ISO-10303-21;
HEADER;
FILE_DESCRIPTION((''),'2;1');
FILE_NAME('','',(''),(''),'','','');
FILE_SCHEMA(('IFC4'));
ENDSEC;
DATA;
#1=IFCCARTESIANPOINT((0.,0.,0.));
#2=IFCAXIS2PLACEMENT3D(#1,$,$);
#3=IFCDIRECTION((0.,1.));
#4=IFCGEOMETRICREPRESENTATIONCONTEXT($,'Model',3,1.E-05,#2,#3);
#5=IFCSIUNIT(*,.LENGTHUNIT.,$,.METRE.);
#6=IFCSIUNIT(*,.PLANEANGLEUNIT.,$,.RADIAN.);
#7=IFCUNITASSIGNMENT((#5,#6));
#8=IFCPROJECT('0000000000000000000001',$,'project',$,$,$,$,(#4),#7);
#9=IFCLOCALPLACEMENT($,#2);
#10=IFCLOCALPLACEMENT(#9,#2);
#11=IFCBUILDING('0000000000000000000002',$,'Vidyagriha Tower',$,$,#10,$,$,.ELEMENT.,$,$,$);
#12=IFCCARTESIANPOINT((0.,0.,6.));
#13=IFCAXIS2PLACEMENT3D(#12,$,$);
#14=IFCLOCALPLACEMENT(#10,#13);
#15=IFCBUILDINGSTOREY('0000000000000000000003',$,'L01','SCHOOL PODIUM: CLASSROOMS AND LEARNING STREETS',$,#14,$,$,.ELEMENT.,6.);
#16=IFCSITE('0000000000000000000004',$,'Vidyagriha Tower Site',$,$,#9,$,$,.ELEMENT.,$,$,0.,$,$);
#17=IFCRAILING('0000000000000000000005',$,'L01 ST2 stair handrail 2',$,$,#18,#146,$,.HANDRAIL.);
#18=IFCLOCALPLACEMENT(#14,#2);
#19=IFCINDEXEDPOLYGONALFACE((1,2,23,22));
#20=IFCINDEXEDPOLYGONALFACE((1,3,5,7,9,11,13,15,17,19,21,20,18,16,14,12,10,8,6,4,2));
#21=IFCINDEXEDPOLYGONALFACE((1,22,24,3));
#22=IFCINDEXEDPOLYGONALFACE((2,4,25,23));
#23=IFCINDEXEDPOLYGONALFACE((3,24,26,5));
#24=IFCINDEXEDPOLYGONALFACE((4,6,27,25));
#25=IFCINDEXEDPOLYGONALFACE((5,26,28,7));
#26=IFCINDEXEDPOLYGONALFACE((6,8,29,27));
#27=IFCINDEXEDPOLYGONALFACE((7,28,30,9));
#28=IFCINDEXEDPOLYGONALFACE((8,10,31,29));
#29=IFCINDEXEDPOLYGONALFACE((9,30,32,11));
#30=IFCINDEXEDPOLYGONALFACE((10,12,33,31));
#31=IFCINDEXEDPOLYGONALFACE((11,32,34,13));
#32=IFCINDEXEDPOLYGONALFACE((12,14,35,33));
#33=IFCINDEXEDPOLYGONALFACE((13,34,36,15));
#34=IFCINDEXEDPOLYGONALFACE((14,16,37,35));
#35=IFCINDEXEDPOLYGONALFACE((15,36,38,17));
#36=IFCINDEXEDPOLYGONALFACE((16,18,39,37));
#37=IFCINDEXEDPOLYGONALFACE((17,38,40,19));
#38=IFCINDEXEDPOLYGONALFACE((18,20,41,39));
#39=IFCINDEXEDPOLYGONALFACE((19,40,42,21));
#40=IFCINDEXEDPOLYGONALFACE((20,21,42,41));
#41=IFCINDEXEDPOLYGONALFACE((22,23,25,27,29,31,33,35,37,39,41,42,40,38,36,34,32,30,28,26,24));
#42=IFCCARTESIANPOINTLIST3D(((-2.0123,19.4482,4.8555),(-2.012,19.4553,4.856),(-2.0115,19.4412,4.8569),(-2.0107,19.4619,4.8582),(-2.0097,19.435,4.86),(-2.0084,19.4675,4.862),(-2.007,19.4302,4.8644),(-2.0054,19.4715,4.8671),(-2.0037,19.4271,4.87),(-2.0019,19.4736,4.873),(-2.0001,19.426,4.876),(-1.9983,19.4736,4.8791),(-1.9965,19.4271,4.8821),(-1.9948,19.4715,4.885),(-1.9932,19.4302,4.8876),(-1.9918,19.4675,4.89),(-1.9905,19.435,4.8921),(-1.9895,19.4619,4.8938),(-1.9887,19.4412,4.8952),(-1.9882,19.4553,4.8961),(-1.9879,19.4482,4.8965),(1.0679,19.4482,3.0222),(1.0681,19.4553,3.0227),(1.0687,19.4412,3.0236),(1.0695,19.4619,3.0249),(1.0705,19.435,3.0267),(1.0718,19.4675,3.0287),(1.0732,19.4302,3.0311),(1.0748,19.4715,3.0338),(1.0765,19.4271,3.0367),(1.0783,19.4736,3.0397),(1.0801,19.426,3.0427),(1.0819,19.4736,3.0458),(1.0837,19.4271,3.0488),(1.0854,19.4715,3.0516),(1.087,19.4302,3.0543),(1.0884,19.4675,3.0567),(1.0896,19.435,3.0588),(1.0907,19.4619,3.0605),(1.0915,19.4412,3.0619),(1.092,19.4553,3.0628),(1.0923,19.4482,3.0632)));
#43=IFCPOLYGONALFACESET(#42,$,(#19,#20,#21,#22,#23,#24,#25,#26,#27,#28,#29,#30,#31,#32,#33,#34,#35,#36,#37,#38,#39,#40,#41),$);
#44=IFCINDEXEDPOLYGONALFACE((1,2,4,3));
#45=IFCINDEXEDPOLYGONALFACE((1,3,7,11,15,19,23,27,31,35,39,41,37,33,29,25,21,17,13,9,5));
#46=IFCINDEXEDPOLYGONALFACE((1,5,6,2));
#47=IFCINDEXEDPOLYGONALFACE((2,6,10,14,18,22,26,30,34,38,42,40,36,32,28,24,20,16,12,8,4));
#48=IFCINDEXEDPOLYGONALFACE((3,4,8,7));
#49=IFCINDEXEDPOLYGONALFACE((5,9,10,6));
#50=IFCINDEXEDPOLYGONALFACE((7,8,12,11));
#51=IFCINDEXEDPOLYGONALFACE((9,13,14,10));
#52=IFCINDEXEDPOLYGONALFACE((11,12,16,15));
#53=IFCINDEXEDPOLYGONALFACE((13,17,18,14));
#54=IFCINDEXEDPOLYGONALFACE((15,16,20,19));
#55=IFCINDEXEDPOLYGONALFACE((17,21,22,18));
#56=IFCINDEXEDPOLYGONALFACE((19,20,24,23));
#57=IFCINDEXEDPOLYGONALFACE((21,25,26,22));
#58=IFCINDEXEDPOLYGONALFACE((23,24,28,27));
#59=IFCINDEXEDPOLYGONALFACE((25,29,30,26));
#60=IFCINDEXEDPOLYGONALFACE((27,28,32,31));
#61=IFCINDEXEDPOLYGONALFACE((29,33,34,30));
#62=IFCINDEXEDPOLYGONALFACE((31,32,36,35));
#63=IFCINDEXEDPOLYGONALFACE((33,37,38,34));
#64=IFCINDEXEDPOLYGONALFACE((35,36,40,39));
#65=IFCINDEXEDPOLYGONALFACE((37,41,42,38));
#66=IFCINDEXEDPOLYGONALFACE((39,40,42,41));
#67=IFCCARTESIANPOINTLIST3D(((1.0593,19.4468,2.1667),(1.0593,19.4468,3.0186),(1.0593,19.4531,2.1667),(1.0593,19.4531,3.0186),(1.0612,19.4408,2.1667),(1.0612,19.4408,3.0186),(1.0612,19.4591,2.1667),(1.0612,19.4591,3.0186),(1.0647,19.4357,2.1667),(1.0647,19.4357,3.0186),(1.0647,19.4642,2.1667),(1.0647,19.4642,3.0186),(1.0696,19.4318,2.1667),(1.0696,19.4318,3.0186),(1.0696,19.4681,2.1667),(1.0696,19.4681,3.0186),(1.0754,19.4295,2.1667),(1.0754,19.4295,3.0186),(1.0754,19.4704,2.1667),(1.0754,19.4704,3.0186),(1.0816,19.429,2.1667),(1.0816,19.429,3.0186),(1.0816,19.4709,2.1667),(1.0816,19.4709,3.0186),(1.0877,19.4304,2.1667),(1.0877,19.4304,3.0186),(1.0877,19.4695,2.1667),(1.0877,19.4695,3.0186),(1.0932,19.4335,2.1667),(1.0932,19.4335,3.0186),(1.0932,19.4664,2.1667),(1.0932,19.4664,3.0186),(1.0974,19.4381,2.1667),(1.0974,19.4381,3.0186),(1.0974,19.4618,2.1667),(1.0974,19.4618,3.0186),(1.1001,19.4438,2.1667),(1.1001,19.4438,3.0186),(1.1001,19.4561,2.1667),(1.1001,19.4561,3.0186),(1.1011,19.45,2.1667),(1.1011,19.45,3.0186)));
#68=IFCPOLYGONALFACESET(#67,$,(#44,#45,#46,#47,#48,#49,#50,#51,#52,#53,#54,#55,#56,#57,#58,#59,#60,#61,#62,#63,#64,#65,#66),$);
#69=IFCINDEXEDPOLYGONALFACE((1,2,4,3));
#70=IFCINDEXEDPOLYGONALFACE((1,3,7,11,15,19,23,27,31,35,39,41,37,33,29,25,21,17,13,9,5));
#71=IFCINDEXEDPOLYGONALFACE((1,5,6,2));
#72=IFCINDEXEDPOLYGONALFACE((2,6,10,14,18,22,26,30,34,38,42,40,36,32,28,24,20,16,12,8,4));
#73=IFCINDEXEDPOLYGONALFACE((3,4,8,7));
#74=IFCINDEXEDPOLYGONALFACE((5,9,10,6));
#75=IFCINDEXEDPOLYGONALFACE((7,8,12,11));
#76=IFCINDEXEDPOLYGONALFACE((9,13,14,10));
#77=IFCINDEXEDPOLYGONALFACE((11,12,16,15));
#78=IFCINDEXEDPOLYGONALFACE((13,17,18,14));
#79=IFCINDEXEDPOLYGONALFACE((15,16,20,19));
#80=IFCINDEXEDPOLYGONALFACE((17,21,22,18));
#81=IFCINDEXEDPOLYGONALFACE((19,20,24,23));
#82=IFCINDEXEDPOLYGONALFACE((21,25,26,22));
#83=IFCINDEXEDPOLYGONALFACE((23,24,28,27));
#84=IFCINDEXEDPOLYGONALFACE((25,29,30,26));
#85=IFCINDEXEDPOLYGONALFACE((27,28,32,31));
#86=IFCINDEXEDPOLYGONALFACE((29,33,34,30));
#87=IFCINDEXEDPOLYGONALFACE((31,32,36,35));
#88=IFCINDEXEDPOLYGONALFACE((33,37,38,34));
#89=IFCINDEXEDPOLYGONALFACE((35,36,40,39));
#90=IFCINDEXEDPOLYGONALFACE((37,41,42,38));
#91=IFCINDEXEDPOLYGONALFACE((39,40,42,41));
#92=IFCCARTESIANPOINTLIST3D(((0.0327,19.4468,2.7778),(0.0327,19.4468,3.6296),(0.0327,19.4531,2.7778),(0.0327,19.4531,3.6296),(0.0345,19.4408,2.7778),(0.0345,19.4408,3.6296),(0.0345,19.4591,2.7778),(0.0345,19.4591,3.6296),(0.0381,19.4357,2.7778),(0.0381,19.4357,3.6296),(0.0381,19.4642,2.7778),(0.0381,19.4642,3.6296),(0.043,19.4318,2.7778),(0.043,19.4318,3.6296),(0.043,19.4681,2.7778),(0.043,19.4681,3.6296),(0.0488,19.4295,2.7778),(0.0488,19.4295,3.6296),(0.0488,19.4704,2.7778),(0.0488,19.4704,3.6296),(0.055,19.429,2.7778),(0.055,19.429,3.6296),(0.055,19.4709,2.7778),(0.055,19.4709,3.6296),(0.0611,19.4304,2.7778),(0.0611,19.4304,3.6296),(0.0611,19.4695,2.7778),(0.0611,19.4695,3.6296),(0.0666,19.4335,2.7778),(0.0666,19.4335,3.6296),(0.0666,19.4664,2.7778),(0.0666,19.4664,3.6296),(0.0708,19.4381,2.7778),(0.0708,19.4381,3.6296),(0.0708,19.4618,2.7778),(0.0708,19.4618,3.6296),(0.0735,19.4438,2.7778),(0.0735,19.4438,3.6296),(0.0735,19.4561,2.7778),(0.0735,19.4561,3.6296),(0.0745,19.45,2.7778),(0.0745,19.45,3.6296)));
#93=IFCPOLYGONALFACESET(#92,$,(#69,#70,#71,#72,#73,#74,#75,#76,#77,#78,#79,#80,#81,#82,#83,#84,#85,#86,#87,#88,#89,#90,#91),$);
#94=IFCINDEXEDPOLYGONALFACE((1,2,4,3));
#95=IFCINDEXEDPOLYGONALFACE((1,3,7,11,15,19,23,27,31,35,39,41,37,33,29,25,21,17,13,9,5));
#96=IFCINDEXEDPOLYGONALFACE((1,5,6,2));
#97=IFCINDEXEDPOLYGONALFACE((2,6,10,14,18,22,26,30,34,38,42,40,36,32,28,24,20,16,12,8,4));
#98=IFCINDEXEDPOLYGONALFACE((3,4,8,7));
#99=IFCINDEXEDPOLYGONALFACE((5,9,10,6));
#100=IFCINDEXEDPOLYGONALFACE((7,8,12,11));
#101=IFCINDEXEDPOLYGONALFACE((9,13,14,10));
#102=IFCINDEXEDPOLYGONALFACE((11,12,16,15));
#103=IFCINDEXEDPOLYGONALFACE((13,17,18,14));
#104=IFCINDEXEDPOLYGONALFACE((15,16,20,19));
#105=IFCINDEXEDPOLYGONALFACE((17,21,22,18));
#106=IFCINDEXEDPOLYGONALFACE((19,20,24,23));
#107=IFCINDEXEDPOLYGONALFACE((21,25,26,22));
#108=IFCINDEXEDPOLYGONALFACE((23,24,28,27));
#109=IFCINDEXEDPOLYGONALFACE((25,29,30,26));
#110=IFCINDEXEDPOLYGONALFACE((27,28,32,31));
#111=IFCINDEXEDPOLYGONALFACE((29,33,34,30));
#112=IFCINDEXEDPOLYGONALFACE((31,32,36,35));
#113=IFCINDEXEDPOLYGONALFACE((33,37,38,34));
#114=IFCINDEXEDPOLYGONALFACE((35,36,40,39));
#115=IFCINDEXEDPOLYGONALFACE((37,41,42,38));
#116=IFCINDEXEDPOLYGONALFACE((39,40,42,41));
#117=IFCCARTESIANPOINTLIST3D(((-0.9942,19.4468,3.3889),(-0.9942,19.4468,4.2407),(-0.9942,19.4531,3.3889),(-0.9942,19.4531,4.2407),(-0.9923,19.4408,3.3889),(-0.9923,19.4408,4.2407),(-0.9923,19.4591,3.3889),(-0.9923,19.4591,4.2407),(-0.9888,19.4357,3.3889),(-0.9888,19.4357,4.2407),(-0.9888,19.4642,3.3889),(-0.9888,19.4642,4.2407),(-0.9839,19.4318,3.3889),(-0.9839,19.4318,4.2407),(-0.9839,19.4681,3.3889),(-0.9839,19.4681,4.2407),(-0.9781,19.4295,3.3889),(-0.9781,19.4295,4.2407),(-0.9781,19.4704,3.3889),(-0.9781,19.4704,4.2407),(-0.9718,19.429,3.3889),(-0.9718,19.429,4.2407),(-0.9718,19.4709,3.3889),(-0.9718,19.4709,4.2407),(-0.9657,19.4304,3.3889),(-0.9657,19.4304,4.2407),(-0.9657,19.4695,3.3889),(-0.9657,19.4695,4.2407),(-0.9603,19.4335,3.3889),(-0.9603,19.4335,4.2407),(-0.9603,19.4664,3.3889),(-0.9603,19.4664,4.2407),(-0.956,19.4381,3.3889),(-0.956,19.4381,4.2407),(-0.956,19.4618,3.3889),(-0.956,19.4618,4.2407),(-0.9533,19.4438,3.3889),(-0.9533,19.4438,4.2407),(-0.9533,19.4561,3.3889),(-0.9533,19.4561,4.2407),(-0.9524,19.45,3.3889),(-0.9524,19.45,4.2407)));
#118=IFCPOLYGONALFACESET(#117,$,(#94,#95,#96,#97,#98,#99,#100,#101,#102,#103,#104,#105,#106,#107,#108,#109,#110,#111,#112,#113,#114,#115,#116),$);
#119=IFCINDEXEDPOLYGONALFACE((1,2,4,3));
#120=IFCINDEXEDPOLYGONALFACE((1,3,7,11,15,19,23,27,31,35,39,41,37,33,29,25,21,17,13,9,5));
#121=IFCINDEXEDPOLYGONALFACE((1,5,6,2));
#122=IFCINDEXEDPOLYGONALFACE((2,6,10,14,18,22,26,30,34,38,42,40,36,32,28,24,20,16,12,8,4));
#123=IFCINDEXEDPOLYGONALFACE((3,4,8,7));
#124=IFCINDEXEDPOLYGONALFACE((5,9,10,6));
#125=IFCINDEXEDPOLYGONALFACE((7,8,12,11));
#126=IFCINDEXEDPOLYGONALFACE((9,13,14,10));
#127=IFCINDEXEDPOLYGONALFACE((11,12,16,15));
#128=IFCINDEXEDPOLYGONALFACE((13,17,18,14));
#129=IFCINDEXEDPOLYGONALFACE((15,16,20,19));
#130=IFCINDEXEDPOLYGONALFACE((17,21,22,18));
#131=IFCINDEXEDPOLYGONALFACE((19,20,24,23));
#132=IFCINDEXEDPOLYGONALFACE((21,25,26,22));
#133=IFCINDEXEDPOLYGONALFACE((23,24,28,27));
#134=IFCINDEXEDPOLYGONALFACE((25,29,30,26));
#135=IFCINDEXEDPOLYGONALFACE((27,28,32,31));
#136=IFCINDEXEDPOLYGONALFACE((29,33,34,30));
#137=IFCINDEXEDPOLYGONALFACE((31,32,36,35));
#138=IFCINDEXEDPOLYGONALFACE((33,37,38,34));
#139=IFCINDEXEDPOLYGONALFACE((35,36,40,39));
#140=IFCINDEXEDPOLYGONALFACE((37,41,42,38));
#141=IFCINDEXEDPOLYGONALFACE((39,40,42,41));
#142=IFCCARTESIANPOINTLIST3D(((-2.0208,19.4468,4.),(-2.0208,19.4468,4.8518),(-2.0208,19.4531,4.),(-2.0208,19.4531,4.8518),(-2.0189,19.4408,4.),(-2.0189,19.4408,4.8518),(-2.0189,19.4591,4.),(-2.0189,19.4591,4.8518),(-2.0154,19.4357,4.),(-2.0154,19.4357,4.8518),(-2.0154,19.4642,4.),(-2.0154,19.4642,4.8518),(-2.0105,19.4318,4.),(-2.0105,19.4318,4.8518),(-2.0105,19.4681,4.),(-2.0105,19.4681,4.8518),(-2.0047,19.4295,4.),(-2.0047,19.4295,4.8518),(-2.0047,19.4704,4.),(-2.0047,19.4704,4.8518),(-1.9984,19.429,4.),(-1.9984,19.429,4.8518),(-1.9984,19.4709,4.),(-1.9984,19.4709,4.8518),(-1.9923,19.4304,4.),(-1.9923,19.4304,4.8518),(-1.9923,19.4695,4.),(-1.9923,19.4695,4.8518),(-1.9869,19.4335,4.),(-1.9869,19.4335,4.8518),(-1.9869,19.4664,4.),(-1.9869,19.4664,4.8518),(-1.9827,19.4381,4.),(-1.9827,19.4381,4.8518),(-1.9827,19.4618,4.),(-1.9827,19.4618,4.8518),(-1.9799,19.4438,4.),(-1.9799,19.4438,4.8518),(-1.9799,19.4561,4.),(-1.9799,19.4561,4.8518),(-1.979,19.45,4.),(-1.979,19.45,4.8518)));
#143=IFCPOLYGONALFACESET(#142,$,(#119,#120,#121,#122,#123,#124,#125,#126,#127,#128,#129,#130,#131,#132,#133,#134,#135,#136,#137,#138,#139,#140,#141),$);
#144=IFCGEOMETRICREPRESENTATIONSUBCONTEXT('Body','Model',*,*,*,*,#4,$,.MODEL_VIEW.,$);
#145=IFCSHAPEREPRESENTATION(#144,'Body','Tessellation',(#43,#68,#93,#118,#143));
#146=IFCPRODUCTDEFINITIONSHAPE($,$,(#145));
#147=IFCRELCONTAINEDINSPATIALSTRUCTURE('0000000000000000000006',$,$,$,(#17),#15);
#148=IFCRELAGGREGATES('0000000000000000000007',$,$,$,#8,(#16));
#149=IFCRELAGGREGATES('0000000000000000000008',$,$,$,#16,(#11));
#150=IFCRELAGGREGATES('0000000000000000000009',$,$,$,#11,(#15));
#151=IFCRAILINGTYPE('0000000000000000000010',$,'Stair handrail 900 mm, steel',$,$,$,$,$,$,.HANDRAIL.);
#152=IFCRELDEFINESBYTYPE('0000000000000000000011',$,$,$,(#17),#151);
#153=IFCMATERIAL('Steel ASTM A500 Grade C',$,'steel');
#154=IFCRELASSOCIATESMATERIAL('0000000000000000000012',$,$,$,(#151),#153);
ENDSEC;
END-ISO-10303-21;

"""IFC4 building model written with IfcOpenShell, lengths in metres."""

from ifc_helpers import new_model, si_unit, direction, frame, origin, origin_2d, place, context, subcontext, project, spatial, circle, extrude, material, type_object, element, save


model = new_model("IFC4")

# Units and contexts
model_context = context("Model", 3, precision=1e-05, world=origin(), true_north=direction((0.0, 1.0)))
body_context = subcontext(model_context, "Body", "Model", "MODEL_VIEW")
ifc_project = project(units=[si_unit("LENGTHUNIT", "METRE"), si_unit("PLANEANGLEUNIT", "RADIAN")], contexts=[model_context])

# Site, building, storey
site_placement = place(None, origin())
site = spatial("IfcSite", under=ifc_project, at=site_placement, Name="Vidyagriha Tower Site", CompositionType="ELEMENT", RefElevation=0.0)
building_placement = place(site_placement, origin())
building = spatial("IfcBuilding", under=site, at=building_placement, Name="Vidyagriha Tower", CompositionType="ELEMENT")
storey_placement = place(building_placement, frame((0.0, 0.0, 6.0)))
storey = spatial("IfcBuildingStorey", under=building, at=storey_placement, Name="L01", Description="SCHOOL PODIUM: CLASSROOMS AND LEARNING STREETS", CompositionType="ELEMENT", Elevation=6.0)

# Railing
ifc_material_1 = material(Name="Steel ASTM A500 Grade C", Category="steel")
railing_type_1 = type_object("IfcRailingType", Name="Stair handrail 900 mm, steel", PredefinedType="HANDRAIL", material=ifc_material_1)
railing_1_placement = place(storey_placement, frame((1.0801, 19.45, 2.1667)))
element("IfcRailing", 1, at=railing_1_placement, inside=storey, type_object=railing_type_1, Name="L01 ST2 stair handrail 2", PredefinedType="HANDRAIL", context=body_context, shape_type="SweptSolid", body=[
    extrude(circle(Radius=0.0239, at=origin_2d()), frame((0.0, 0.0, 0.876), z_axis=(-0.859309, 0.0, 0.511458), x_axis=(0.0, -1.0, 0.0)), (0.0, 0.0, 1.0), 3.5845),
    extrude(circle(Radius=0.021, at=origin_2d()), origin(), (0.0, 0.0, 1.0), 0.8518),
    extrude(circle(Radius=0.021, at=origin_2d()), frame((-1.0266, 0.0, 0.6111)), (0.0, 0.0, 1.0), 0.8518),
    extrude(circle(Radius=0.021, at=origin_2d()), frame((-2.0535, 0.0, 1.2222)), (0.0, 0.0, 1.0), 0.8518),
    extrude(circle(Radius=0.021, at=origin_2d()), frame((-3.0801, 0.0, 1.8333)), (0.0, 0.0, 1.0), 0.8518),
])

save(model, "model.ifc")
